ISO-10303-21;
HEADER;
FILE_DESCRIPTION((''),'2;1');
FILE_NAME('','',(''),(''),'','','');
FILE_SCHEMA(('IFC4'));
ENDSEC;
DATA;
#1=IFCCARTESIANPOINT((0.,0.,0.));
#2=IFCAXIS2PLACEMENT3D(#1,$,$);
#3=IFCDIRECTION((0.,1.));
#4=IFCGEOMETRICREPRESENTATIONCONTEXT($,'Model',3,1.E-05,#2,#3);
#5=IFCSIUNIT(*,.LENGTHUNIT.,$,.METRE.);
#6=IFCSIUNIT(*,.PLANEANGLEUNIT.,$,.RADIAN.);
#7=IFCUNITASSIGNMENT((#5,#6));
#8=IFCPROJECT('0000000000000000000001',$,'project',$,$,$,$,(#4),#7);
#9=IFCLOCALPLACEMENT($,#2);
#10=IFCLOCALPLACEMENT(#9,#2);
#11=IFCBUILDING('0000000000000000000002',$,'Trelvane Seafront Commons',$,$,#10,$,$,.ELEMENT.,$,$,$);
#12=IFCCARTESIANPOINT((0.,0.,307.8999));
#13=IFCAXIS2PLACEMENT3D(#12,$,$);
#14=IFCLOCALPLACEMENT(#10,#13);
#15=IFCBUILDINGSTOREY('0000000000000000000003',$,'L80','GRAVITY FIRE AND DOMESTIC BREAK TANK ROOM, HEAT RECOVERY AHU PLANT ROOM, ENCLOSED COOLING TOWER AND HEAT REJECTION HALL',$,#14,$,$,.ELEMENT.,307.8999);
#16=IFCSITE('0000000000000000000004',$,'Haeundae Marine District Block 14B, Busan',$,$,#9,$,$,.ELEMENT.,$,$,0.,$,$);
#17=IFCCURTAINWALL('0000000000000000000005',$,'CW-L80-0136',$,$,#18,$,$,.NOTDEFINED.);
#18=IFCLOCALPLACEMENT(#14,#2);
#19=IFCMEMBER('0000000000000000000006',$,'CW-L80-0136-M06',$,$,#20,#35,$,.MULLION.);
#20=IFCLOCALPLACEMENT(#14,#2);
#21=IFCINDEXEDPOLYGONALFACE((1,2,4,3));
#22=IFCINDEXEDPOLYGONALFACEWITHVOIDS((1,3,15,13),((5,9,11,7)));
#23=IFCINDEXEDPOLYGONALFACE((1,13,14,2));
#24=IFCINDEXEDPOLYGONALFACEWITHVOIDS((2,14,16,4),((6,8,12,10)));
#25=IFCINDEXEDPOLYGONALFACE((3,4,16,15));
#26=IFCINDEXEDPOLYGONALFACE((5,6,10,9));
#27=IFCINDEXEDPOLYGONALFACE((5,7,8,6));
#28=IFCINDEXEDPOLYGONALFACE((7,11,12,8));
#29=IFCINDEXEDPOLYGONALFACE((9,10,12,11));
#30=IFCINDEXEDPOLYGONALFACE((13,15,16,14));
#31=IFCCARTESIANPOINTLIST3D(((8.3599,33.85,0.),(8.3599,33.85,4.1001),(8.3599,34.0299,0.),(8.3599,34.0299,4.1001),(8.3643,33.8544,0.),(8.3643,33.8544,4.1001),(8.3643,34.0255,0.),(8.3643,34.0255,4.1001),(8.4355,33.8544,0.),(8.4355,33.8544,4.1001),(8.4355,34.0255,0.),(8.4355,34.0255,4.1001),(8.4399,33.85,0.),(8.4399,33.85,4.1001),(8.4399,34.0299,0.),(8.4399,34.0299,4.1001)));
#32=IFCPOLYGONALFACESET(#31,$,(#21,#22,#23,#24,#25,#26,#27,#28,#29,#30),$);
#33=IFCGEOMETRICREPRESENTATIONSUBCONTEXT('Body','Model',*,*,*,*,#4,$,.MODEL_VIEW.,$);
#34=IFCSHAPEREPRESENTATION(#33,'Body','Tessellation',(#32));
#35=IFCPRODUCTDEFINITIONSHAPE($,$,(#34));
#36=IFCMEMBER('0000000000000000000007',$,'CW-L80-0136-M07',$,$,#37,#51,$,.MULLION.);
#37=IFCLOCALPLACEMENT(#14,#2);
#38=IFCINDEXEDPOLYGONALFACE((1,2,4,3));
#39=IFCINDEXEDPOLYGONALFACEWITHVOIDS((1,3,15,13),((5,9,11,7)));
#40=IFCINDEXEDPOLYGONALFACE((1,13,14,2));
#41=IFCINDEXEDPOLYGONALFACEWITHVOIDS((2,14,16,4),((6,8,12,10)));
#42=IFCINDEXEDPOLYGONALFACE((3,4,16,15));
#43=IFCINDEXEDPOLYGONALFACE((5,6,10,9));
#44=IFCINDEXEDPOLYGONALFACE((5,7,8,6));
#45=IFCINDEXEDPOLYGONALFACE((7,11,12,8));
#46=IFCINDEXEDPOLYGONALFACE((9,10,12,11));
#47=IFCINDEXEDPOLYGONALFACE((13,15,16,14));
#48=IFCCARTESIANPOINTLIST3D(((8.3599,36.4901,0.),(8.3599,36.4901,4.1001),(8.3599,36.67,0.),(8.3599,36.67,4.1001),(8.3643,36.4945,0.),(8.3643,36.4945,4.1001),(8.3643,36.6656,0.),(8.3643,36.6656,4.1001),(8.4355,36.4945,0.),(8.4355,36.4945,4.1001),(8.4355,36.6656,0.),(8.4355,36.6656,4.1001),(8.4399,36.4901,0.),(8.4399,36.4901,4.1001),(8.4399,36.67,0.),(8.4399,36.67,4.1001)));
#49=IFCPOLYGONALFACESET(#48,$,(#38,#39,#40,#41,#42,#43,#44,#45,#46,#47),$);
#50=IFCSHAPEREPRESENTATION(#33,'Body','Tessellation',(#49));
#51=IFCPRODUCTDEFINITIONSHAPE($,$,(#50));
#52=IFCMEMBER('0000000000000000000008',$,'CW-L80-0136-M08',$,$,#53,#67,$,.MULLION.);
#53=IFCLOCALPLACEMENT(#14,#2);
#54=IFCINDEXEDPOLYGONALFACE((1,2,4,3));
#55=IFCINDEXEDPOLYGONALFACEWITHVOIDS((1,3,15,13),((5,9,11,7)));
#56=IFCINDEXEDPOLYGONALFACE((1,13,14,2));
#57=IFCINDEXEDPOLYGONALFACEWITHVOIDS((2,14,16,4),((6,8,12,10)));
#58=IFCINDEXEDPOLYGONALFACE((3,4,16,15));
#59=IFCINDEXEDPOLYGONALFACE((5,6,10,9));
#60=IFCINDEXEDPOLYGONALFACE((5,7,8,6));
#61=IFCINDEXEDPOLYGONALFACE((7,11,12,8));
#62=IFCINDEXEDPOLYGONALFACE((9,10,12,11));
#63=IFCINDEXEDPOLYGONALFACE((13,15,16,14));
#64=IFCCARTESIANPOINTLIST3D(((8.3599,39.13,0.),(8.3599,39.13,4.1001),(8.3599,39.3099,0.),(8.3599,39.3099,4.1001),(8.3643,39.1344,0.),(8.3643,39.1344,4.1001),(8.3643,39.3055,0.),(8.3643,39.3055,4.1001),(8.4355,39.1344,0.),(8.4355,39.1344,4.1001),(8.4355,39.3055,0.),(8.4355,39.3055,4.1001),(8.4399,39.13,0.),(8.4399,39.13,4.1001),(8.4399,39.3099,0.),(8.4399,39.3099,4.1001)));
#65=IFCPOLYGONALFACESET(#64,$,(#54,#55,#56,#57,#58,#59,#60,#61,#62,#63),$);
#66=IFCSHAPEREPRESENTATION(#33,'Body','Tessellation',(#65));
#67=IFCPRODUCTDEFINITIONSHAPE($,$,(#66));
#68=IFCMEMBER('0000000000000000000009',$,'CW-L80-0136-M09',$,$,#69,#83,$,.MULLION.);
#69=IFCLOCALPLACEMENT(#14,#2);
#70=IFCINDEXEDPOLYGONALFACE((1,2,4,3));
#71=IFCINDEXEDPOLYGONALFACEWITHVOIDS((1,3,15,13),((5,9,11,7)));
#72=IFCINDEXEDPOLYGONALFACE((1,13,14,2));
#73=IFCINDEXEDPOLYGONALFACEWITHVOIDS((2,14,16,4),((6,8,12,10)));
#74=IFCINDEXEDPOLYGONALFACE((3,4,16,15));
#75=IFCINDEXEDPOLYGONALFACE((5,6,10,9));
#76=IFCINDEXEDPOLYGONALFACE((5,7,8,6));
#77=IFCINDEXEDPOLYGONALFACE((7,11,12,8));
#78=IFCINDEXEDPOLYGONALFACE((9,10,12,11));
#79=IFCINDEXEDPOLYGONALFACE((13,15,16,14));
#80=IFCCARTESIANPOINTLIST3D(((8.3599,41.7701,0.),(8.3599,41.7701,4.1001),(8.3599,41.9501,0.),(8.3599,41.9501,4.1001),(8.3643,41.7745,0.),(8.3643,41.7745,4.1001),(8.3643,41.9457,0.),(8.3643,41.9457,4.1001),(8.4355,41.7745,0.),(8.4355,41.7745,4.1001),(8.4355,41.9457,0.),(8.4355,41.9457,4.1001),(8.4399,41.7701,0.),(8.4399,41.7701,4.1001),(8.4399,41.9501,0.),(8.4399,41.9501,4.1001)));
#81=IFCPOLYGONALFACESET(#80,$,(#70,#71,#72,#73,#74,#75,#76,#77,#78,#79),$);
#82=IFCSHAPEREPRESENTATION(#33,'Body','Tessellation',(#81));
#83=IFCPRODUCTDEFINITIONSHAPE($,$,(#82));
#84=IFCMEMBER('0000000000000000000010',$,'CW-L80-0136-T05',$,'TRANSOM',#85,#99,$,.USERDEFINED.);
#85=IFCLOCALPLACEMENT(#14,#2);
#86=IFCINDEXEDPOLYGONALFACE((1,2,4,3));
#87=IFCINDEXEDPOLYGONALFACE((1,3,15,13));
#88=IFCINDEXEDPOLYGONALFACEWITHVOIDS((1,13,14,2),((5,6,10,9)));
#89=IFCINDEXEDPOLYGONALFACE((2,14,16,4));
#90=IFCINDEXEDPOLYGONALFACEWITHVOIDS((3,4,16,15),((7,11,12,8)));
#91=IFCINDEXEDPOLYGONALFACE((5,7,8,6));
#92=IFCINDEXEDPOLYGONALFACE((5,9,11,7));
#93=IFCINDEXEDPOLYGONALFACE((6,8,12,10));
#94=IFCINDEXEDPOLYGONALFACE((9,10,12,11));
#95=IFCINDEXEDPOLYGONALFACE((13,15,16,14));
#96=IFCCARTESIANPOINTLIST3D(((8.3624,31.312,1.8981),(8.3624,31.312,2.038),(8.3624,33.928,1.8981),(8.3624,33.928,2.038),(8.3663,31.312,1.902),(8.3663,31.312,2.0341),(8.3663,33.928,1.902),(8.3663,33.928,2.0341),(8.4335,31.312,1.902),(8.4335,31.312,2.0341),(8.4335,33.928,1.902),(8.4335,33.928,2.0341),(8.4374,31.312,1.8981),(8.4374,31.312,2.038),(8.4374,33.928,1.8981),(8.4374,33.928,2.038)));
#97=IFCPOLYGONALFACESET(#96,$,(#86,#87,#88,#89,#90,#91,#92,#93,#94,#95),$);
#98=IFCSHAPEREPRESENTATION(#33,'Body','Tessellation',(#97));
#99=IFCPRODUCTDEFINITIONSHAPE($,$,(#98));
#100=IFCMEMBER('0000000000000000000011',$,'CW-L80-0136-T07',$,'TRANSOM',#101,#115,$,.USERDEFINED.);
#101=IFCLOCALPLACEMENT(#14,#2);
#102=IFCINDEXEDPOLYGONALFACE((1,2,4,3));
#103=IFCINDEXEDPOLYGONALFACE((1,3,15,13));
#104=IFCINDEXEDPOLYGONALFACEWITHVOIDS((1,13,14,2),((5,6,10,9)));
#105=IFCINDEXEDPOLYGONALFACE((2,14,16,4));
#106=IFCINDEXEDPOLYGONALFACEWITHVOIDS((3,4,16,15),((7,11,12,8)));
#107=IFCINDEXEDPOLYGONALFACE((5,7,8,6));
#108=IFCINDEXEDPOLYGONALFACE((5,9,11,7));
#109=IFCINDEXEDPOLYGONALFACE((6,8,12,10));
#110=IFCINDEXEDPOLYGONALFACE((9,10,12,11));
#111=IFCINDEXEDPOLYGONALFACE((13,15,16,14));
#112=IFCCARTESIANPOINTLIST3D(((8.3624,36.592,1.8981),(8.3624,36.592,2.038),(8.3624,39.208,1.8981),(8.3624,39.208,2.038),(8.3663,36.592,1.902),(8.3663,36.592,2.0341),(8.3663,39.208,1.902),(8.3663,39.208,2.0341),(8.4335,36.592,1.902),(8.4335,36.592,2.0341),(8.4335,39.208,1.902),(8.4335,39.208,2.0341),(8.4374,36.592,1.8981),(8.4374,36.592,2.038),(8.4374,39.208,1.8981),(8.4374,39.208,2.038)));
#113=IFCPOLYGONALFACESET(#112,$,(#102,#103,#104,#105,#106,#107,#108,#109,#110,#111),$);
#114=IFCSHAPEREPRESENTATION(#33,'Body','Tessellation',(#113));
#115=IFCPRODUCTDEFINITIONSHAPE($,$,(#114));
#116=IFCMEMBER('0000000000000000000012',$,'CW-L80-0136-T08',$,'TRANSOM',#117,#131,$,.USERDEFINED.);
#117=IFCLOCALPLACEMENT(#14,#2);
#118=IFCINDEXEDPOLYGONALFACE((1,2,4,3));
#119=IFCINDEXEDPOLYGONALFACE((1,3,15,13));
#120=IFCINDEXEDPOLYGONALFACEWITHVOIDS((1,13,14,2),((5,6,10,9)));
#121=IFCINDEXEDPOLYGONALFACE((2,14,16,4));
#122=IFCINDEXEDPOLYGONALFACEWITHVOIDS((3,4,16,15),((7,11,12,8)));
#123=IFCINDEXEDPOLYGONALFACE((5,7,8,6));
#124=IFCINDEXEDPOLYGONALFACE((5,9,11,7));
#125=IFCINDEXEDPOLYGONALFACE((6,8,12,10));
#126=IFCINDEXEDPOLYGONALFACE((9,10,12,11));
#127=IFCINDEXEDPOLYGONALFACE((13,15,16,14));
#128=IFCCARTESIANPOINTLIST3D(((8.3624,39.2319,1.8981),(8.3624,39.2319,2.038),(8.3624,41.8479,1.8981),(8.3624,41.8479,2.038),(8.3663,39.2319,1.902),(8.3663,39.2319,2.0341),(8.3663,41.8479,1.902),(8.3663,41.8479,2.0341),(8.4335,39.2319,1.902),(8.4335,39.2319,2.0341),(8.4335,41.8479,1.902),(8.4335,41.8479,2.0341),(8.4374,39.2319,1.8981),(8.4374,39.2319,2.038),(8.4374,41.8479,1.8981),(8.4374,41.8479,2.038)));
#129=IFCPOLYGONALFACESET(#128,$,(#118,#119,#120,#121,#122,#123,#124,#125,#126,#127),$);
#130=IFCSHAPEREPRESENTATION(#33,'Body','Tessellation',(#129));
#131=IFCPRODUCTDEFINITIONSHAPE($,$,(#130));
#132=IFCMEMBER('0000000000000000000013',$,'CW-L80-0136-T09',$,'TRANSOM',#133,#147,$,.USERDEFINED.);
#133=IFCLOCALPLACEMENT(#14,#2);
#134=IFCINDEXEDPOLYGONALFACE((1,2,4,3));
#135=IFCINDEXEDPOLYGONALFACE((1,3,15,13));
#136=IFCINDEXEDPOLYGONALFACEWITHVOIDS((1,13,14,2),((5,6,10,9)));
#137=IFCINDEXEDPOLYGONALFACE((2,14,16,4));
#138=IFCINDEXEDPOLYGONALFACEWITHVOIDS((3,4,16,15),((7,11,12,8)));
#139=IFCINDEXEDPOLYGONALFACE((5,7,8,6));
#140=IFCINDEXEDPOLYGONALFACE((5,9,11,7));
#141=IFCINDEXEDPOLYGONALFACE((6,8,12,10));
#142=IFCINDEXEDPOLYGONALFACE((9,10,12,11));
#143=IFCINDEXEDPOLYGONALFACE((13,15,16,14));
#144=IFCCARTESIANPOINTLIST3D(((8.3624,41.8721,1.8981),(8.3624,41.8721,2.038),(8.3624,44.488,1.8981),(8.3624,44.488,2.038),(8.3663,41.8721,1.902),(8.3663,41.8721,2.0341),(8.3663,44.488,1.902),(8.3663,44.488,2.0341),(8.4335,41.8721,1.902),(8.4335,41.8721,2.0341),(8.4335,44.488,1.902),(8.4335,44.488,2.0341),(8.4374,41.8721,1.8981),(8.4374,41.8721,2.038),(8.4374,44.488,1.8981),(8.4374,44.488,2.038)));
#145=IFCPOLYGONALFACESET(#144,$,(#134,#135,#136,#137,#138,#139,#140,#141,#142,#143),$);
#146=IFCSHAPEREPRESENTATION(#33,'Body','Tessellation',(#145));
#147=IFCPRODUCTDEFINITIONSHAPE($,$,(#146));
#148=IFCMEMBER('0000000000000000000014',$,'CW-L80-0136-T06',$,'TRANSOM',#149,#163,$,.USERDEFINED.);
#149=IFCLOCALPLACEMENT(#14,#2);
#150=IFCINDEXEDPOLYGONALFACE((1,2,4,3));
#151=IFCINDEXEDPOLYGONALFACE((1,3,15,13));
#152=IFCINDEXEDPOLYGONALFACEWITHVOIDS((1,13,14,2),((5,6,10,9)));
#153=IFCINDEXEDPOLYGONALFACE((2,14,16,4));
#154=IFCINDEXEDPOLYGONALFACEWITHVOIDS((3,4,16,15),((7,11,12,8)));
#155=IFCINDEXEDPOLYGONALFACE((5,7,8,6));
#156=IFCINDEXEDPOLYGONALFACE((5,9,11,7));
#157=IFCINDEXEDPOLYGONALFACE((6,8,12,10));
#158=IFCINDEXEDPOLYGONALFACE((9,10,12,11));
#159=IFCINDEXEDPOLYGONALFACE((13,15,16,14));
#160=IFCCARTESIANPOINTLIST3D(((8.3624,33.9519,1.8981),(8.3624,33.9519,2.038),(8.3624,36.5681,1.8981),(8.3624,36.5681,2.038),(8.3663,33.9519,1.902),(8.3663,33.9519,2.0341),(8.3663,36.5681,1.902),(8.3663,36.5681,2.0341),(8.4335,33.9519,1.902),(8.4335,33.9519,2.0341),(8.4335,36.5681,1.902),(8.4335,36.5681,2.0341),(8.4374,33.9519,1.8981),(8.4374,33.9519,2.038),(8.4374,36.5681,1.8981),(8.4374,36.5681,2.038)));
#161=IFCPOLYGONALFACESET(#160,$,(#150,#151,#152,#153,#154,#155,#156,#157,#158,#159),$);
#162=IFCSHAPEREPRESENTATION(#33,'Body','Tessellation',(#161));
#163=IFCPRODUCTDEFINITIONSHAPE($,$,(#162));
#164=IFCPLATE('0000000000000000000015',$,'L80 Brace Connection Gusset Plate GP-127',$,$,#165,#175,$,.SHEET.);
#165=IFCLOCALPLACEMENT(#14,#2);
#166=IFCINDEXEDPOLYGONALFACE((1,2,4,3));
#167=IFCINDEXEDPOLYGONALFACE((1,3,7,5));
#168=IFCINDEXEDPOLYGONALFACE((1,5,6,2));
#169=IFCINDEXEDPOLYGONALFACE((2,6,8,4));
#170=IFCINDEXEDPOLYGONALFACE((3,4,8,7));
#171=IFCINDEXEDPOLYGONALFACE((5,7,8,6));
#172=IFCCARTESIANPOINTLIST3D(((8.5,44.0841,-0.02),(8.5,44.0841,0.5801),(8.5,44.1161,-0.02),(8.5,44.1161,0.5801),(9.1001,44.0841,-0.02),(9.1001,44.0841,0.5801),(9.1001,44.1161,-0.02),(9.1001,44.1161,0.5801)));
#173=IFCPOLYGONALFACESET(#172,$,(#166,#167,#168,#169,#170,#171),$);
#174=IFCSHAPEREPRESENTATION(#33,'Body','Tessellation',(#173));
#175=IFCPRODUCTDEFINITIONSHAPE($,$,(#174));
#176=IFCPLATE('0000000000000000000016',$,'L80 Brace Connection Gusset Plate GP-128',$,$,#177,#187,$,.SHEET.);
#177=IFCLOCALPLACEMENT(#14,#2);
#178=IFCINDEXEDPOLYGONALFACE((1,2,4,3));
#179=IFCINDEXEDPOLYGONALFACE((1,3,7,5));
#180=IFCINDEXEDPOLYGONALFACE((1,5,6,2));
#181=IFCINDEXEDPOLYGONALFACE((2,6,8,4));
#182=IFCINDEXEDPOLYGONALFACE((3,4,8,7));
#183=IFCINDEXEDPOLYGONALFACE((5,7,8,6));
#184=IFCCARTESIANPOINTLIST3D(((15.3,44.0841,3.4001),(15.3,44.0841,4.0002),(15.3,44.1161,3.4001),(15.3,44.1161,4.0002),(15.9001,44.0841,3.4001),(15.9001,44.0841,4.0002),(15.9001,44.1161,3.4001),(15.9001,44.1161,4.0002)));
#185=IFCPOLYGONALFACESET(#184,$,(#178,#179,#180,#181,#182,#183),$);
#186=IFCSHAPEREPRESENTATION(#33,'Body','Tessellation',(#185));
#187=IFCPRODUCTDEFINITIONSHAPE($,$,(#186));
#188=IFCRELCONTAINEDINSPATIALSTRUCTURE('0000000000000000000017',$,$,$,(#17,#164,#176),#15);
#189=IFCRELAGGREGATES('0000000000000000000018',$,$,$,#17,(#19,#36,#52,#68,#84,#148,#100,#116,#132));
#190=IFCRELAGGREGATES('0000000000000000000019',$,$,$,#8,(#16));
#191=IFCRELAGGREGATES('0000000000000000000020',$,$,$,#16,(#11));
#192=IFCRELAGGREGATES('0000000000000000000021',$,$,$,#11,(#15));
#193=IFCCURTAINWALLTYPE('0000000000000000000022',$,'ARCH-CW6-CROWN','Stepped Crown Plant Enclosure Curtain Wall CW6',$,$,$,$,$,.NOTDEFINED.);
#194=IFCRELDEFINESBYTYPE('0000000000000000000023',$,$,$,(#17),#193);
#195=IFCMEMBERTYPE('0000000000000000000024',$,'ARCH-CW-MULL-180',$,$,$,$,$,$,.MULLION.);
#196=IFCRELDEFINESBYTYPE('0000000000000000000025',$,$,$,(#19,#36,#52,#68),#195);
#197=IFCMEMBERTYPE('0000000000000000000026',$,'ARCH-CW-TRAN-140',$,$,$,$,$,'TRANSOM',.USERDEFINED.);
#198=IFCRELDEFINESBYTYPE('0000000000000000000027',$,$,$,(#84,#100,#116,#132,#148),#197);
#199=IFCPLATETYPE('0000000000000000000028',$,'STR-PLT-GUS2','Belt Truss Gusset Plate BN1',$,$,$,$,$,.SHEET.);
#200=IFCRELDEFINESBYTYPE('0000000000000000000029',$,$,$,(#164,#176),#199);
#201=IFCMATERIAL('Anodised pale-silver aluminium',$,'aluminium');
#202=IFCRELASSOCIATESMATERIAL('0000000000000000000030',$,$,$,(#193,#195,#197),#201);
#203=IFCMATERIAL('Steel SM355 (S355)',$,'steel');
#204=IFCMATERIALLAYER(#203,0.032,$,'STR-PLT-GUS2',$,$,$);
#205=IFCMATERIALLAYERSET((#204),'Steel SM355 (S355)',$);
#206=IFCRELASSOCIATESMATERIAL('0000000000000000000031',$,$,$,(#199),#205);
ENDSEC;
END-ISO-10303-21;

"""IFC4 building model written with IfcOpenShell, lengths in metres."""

from ifc_helpers import new_model, si_unit, direction, frame, origin, origin_2d, place, context, subcontext, project, spatial, rectangle, hollow_rectangle, extrude, source, transform, mapped, material, layer, layer_set, material_profile, profile_set, type_object, element, aggregate, save


model = new_model("IFC4")

# Units and contexts
model_context = context("Model", 3, precision=1e-05, world=origin(), true_north=direction((0.0, 1.0)))
body_context = subcontext(model_context, "Body", "Model", "MODEL_VIEW")
ifc_project = project(units=[si_unit("LENGTHUNIT", "METRE"), si_unit("PLANEANGLEUNIT", "RADIAN")], contexts=[model_context])

# Site, building, storey
site_placement = place(None, origin())
site = spatial("IfcSite", under=ifc_project, at=site_placement, Name="Haeundae Marine District Block 14B, Busan", CompositionType="ELEMENT", RefElevation=0.0)
building_placement = place(site_placement, origin())
building = spatial("IfcBuilding", under=site, at=building_placement, Name="Trelvane Seafront Commons", CompositionType="ELEMENT")
storey_placement = place(building_placement, frame((0.0, 0.0, 307.8999)))
storey = spatial("IfcBuildingStorey", under=building, at=storey_placement, Name="L80", Description="GRAVITY FIRE AND DOMESTIC BREAK TANK ROOM, HEAT RECOVERY AHU PLANT ROOM, ENCLOSED COOLING TOWER AND HEAT REJECTION HALL", CompositionType="ELEMENT", Elevation=307.8999)

# Shared definitions
ifc_material_1 = material(Name="Steel SM355 (S355)", Category="steel")

# Curtain wall, members
ifc_material_2 = material(Name="Anodised pale-silver aluminium", Category="aluminium")
curtain_wall_type = type_object("IfcCurtainWallType", Name="ARCH-CW6-CROWN", Description="Stepped Crown Plant Enclosure Curtain Wall CW6", PredefinedType="NOTDEFINED", material=ifc_material_2)
curtain_wall_placement = place(storey_placement, origin())
curtain_wall = element("IfcCurtainWall", 1, at=curtain_wall_placement, inside=storey, type_object=curtain_wall_type, Name="CW-L80-0136", PredefinedType="NOTDEFINED")
ifc_material_profile_1 = material_profile(ifc_material_2, hollow_rectangle(XDim=0.0801, YDim=0.1799, WallThickness=0.0044, at=origin_2d()), Name="MULL-80x180x4.5")
ifc_profile_set_1 = profile_set([ifc_material_profile_1], Name="Anodised pale-silver aluminium")
member_type_1 = type_object("IfcMemberType", Name="ARCH-CW-MULL-180", PredefinedType="MULLION", material=ifc_profile_set_1)
shared_shape_1 = source(origin(), body_context, "Body", "SweptSolid", [
    extrude(hollow_rectangle(XDim=0.0801, YDim=0.1799, WallThickness=0.0044, at=origin_2d()), origin(), (0.0, 0.0, 1.0), 4.1001),
])
member_1_placement = place(storey_placement, frame((8.3999, 33.9399, 0.0), z_axis=(0.0, 0.0, 1.0), x_axis=(1.0, 0.0, 0.0)))
member_1 = element("IfcMember", 2, at=member_1_placement, type_object=member_type_1, Name="CW-L80-0136-M06", PredefinedType="MULLION", context=body_context, shape_type="MappedRepresentation", body=[
    mapped(shared_shape_1, transform((0.0, 0.0, 0.0), x_axis=(1.0, 0.0, 0.0), y_axis=(0.0, 1.0, 0.0), z_axis=(0.0, 0.0, 1.0), scale=1.0)),
])
member_2_placement = place(storey_placement, frame((8.3999, 36.5801, 0.0), z_axis=(0.0, 0.0, 1.0), x_axis=(1.0, 0.0, 0.0)))
member_2 = element("IfcMember", 3, at=member_2_placement, type_object=member_type_1, Name="CW-L80-0136-M07", PredefinedType="MULLION", context=body_context, shape_type="MappedRepresentation", body=[
    mapped(shared_shape_1, transform((0.0, 0.0, 0.0), x_axis=(1.0, 0.0, 0.0), y_axis=(0.0, 1.0, 0.0), z_axis=(0.0, 0.0, 1.0), scale=1.0)),
])
member_3_placement = place(storey_placement, frame((8.3999, 39.22, 0.0), z_axis=(0.0, 0.0, 1.0), x_axis=(1.0, 0.0, 0.0)))
member_3 = element("IfcMember", 4, at=member_3_placement, type_object=member_type_1, Name="CW-L80-0136-M08", PredefinedType="MULLION", context=body_context, shape_type="MappedRepresentation", body=[
    mapped(shared_shape_1, transform((0.0, 0.0, 0.0), x_axis=(1.0, 0.0, 0.0), y_axis=(0.0, 1.0, 0.0), z_axis=(0.0, 0.0, 1.0), scale=1.0)),
])
member_4_placement = place(storey_placement, frame((8.3999, 41.8601, 0.0), z_axis=(0.0, 0.0, 1.0), x_axis=(1.0, 0.0, 0.0)))
member_4 = element("IfcMember", 5, at=member_4_placement, type_object=member_type_1, Name="CW-L80-0136-M09", PredefinedType="MULLION", context=body_context, shape_type="MappedRepresentation", body=[
    mapped(shared_shape_1, transform((0.0, 0.0, 0.0), x_axis=(1.0, 0.0, 0.0), y_axis=(0.0, 1.0, 0.0), z_axis=(0.0, 0.0, 1.0), scale=1.0)),
])
ifc_material_profile_2 = material_profile(ifc_material_2, hollow_rectangle(XDim=0.075, YDim=0.1399, WallThickness=0.0039, at=origin_2d()), Name="TRAN-75x140x4")
ifc_profile_set_2 = profile_set([ifc_material_profile_2], Name="Anodised pale-silver aluminium")
member_type_2 = type_object("IfcMemberType", Name="ARCH-CW-TRAN-140", ElementType="TRANSOM", PredefinedType="USERDEFINED", material=ifc_profile_set_2)
shared_shape_2 = source(origin(), body_context, "Body", "SweptSolid", [
    extrude(hollow_rectangle(XDim=0.075, YDim=0.1399, WallThickness=0.0039, at=origin_2d()), origin(), (0.0, 0.0, 1.0), 2.616),
])
member_5_placement = place(storey_placement, frame((8.3999, 31.312, 1.968), z_axis=(0.0, 1.0, 0.0), x_axis=(-1.0, 0.0, 0.0)))
member_5 = element("IfcMember", 6, at=member_5_placement, type_object=member_type_2, Name="CW-L80-0136-T05", ObjectType="TRANSOM", PredefinedType="USERDEFINED", context=body_context, shape_type="MappedRepresentation", body=[
    mapped(shared_shape_2, transform((0.0, 0.0, 0.0), x_axis=(1.0, 0.0, 0.0), y_axis=(0.0, 1.0, 0.0), z_axis=(0.0, 0.0, 1.0), scale=1.0)),
])
member_6_placement = place(storey_placement, frame((8.3999, 36.592, 1.968), z_axis=(0.0, 1.0, 0.0), x_axis=(-1.0, 0.0, 0.0)))
member_6 = element("IfcMember", 7, at=member_6_placement, type_object=member_type_2, Name="CW-L80-0136-T07", ObjectType="TRANSOM", PredefinedType="USERDEFINED", context=body_context, shape_type="MappedRepresentation", body=[
    mapped(shared_shape_2, transform((0.0, 0.0, 0.0), x_axis=(1.0, 0.0, 0.0), y_axis=(0.0, 1.0, 0.0), z_axis=(0.0, 0.0, 1.0), scale=1.0)),
])
member_7_placement = place(storey_placement, frame((8.3999, 39.2319, 1.968), z_axis=(0.0, 1.0, 0.0), x_axis=(-1.0, 0.0, 0.0)))
member_7 = element("IfcMember", 8, at=member_7_placement, type_object=member_type_2, Name="CW-L80-0136-T08", ObjectType="TRANSOM", PredefinedType="USERDEFINED", context=body_context, shape_type="MappedRepresentation", body=[
    mapped(shared_shape_2, transform((0.0, 0.0, 0.0), x_axis=(1.0, 0.0, 0.0), y_axis=(0.0, 1.0, 0.0), z_axis=(0.0, 0.0, 1.0), scale=1.0)),
])
member_8_placement = place(storey_placement, frame((8.3999, 41.8721, 1.968), z_axis=(0.0, 1.0, 0.0), x_axis=(-1.0, 0.0, 0.0)))
member_8 = element("IfcMember", 9, at=member_8_placement, type_object=member_type_2, Name="CW-L80-0136-T09", ObjectType="TRANSOM", PredefinedType="USERDEFINED", context=body_context, shape_type="MappedRepresentation", body=[
    mapped(shared_shape_2, transform((0.0, 0.0, 0.0), x_axis=(1.0, 0.0, 0.0), y_axis=(0.0, 1.0, 0.0), z_axis=(0.0, 0.0, 1.0), scale=1.0)),
])
shared_shape_3 = source(origin(), body_context, "Body", "SweptSolid", [
    extrude(hollow_rectangle(XDim=0.075, YDim=0.1399, WallThickness=0.0039, at=origin_2d()), origin(), (0.0, 0.0, 1.0), 2.6162),
])
member_9_placement = place(storey_placement, frame((8.3999, 33.9519, 1.968), z_axis=(0.0, 1.0, 0.0), x_axis=(-1.0, 0.0, 0.0)))
member_9 = element("IfcMember", 10, at=member_9_placement, type_object=member_type_2, Name="CW-L80-0136-T06", ObjectType="TRANSOM", PredefinedType="USERDEFINED", context=body_context, shape_type="MappedRepresentation", body=[
    mapped(shared_shape_3, transform((0.0, 0.0, 0.0), x_axis=(1.0, 0.0, 0.0), y_axis=(0.0, 1.0, 0.0), z_axis=(0.0, 0.0, 1.0), scale=1.0)),
])

# Plates
ifc_layer_1 = layer(ifc_material_1, 0.032, Name="STR-PLT-GUS2")
ifc_layer_set_1 = layer_set([ifc_layer_1], Name="Steel SM355 (S355)")
plate_type_1 = type_object("IfcPlateType", Name="STR-PLT-GUS2", Description="Belt Truss Gusset Plate BN1", PredefinedType="SHEET", material=ifc_layer_set_1)
shared_shape_4 = source(origin(), body_context, "Body", "SweptSolid", [
    extrude(rectangle(XDim=0.6001, YDim=0.032, at=origin_2d()), origin(), (0.0, 0.0, 1.0), 0.6001),
])
for number, where, z_axis, x_axis, name in (
    (11, (8.8, 44.1001, -0.02), (0.0, 0.0, 1.0), (1.0, 0.0, 0.0), "L80 Brace Connection Gusset Plate GP-127"),
    (12, (15.6001, 44.1001, 3.4001), (0.0, 0.0, 1.0), (1.0, 0.0, 0.0), "L80 Brace Connection Gusset Plate GP-128"),
):
    element("IfcPlate", number, at=place(storey_placement, frame(where, z_axis=z_axis, x_axis=x_axis)), inside=storey, type_object=plate_type_1, Name=name, PredefinedType="SHEET", context=body_context, shape_type="MappedRepresentation", body=[
        mapped(shared_shape_4, transform((0.0, 0.0, 0.0), x_axis=(1.0, 0.0, 0.0), y_axis=(0.0, 1.0, 0.0), z_axis=(0.0, 0.0, 1.0), scale=1.0)),
    ])

aggregate(curtain_wall, [member_1, member_2, member_3, member_4, member_5, member_9, member_6, member_7, member_8])

save(model, "model.ifc")
